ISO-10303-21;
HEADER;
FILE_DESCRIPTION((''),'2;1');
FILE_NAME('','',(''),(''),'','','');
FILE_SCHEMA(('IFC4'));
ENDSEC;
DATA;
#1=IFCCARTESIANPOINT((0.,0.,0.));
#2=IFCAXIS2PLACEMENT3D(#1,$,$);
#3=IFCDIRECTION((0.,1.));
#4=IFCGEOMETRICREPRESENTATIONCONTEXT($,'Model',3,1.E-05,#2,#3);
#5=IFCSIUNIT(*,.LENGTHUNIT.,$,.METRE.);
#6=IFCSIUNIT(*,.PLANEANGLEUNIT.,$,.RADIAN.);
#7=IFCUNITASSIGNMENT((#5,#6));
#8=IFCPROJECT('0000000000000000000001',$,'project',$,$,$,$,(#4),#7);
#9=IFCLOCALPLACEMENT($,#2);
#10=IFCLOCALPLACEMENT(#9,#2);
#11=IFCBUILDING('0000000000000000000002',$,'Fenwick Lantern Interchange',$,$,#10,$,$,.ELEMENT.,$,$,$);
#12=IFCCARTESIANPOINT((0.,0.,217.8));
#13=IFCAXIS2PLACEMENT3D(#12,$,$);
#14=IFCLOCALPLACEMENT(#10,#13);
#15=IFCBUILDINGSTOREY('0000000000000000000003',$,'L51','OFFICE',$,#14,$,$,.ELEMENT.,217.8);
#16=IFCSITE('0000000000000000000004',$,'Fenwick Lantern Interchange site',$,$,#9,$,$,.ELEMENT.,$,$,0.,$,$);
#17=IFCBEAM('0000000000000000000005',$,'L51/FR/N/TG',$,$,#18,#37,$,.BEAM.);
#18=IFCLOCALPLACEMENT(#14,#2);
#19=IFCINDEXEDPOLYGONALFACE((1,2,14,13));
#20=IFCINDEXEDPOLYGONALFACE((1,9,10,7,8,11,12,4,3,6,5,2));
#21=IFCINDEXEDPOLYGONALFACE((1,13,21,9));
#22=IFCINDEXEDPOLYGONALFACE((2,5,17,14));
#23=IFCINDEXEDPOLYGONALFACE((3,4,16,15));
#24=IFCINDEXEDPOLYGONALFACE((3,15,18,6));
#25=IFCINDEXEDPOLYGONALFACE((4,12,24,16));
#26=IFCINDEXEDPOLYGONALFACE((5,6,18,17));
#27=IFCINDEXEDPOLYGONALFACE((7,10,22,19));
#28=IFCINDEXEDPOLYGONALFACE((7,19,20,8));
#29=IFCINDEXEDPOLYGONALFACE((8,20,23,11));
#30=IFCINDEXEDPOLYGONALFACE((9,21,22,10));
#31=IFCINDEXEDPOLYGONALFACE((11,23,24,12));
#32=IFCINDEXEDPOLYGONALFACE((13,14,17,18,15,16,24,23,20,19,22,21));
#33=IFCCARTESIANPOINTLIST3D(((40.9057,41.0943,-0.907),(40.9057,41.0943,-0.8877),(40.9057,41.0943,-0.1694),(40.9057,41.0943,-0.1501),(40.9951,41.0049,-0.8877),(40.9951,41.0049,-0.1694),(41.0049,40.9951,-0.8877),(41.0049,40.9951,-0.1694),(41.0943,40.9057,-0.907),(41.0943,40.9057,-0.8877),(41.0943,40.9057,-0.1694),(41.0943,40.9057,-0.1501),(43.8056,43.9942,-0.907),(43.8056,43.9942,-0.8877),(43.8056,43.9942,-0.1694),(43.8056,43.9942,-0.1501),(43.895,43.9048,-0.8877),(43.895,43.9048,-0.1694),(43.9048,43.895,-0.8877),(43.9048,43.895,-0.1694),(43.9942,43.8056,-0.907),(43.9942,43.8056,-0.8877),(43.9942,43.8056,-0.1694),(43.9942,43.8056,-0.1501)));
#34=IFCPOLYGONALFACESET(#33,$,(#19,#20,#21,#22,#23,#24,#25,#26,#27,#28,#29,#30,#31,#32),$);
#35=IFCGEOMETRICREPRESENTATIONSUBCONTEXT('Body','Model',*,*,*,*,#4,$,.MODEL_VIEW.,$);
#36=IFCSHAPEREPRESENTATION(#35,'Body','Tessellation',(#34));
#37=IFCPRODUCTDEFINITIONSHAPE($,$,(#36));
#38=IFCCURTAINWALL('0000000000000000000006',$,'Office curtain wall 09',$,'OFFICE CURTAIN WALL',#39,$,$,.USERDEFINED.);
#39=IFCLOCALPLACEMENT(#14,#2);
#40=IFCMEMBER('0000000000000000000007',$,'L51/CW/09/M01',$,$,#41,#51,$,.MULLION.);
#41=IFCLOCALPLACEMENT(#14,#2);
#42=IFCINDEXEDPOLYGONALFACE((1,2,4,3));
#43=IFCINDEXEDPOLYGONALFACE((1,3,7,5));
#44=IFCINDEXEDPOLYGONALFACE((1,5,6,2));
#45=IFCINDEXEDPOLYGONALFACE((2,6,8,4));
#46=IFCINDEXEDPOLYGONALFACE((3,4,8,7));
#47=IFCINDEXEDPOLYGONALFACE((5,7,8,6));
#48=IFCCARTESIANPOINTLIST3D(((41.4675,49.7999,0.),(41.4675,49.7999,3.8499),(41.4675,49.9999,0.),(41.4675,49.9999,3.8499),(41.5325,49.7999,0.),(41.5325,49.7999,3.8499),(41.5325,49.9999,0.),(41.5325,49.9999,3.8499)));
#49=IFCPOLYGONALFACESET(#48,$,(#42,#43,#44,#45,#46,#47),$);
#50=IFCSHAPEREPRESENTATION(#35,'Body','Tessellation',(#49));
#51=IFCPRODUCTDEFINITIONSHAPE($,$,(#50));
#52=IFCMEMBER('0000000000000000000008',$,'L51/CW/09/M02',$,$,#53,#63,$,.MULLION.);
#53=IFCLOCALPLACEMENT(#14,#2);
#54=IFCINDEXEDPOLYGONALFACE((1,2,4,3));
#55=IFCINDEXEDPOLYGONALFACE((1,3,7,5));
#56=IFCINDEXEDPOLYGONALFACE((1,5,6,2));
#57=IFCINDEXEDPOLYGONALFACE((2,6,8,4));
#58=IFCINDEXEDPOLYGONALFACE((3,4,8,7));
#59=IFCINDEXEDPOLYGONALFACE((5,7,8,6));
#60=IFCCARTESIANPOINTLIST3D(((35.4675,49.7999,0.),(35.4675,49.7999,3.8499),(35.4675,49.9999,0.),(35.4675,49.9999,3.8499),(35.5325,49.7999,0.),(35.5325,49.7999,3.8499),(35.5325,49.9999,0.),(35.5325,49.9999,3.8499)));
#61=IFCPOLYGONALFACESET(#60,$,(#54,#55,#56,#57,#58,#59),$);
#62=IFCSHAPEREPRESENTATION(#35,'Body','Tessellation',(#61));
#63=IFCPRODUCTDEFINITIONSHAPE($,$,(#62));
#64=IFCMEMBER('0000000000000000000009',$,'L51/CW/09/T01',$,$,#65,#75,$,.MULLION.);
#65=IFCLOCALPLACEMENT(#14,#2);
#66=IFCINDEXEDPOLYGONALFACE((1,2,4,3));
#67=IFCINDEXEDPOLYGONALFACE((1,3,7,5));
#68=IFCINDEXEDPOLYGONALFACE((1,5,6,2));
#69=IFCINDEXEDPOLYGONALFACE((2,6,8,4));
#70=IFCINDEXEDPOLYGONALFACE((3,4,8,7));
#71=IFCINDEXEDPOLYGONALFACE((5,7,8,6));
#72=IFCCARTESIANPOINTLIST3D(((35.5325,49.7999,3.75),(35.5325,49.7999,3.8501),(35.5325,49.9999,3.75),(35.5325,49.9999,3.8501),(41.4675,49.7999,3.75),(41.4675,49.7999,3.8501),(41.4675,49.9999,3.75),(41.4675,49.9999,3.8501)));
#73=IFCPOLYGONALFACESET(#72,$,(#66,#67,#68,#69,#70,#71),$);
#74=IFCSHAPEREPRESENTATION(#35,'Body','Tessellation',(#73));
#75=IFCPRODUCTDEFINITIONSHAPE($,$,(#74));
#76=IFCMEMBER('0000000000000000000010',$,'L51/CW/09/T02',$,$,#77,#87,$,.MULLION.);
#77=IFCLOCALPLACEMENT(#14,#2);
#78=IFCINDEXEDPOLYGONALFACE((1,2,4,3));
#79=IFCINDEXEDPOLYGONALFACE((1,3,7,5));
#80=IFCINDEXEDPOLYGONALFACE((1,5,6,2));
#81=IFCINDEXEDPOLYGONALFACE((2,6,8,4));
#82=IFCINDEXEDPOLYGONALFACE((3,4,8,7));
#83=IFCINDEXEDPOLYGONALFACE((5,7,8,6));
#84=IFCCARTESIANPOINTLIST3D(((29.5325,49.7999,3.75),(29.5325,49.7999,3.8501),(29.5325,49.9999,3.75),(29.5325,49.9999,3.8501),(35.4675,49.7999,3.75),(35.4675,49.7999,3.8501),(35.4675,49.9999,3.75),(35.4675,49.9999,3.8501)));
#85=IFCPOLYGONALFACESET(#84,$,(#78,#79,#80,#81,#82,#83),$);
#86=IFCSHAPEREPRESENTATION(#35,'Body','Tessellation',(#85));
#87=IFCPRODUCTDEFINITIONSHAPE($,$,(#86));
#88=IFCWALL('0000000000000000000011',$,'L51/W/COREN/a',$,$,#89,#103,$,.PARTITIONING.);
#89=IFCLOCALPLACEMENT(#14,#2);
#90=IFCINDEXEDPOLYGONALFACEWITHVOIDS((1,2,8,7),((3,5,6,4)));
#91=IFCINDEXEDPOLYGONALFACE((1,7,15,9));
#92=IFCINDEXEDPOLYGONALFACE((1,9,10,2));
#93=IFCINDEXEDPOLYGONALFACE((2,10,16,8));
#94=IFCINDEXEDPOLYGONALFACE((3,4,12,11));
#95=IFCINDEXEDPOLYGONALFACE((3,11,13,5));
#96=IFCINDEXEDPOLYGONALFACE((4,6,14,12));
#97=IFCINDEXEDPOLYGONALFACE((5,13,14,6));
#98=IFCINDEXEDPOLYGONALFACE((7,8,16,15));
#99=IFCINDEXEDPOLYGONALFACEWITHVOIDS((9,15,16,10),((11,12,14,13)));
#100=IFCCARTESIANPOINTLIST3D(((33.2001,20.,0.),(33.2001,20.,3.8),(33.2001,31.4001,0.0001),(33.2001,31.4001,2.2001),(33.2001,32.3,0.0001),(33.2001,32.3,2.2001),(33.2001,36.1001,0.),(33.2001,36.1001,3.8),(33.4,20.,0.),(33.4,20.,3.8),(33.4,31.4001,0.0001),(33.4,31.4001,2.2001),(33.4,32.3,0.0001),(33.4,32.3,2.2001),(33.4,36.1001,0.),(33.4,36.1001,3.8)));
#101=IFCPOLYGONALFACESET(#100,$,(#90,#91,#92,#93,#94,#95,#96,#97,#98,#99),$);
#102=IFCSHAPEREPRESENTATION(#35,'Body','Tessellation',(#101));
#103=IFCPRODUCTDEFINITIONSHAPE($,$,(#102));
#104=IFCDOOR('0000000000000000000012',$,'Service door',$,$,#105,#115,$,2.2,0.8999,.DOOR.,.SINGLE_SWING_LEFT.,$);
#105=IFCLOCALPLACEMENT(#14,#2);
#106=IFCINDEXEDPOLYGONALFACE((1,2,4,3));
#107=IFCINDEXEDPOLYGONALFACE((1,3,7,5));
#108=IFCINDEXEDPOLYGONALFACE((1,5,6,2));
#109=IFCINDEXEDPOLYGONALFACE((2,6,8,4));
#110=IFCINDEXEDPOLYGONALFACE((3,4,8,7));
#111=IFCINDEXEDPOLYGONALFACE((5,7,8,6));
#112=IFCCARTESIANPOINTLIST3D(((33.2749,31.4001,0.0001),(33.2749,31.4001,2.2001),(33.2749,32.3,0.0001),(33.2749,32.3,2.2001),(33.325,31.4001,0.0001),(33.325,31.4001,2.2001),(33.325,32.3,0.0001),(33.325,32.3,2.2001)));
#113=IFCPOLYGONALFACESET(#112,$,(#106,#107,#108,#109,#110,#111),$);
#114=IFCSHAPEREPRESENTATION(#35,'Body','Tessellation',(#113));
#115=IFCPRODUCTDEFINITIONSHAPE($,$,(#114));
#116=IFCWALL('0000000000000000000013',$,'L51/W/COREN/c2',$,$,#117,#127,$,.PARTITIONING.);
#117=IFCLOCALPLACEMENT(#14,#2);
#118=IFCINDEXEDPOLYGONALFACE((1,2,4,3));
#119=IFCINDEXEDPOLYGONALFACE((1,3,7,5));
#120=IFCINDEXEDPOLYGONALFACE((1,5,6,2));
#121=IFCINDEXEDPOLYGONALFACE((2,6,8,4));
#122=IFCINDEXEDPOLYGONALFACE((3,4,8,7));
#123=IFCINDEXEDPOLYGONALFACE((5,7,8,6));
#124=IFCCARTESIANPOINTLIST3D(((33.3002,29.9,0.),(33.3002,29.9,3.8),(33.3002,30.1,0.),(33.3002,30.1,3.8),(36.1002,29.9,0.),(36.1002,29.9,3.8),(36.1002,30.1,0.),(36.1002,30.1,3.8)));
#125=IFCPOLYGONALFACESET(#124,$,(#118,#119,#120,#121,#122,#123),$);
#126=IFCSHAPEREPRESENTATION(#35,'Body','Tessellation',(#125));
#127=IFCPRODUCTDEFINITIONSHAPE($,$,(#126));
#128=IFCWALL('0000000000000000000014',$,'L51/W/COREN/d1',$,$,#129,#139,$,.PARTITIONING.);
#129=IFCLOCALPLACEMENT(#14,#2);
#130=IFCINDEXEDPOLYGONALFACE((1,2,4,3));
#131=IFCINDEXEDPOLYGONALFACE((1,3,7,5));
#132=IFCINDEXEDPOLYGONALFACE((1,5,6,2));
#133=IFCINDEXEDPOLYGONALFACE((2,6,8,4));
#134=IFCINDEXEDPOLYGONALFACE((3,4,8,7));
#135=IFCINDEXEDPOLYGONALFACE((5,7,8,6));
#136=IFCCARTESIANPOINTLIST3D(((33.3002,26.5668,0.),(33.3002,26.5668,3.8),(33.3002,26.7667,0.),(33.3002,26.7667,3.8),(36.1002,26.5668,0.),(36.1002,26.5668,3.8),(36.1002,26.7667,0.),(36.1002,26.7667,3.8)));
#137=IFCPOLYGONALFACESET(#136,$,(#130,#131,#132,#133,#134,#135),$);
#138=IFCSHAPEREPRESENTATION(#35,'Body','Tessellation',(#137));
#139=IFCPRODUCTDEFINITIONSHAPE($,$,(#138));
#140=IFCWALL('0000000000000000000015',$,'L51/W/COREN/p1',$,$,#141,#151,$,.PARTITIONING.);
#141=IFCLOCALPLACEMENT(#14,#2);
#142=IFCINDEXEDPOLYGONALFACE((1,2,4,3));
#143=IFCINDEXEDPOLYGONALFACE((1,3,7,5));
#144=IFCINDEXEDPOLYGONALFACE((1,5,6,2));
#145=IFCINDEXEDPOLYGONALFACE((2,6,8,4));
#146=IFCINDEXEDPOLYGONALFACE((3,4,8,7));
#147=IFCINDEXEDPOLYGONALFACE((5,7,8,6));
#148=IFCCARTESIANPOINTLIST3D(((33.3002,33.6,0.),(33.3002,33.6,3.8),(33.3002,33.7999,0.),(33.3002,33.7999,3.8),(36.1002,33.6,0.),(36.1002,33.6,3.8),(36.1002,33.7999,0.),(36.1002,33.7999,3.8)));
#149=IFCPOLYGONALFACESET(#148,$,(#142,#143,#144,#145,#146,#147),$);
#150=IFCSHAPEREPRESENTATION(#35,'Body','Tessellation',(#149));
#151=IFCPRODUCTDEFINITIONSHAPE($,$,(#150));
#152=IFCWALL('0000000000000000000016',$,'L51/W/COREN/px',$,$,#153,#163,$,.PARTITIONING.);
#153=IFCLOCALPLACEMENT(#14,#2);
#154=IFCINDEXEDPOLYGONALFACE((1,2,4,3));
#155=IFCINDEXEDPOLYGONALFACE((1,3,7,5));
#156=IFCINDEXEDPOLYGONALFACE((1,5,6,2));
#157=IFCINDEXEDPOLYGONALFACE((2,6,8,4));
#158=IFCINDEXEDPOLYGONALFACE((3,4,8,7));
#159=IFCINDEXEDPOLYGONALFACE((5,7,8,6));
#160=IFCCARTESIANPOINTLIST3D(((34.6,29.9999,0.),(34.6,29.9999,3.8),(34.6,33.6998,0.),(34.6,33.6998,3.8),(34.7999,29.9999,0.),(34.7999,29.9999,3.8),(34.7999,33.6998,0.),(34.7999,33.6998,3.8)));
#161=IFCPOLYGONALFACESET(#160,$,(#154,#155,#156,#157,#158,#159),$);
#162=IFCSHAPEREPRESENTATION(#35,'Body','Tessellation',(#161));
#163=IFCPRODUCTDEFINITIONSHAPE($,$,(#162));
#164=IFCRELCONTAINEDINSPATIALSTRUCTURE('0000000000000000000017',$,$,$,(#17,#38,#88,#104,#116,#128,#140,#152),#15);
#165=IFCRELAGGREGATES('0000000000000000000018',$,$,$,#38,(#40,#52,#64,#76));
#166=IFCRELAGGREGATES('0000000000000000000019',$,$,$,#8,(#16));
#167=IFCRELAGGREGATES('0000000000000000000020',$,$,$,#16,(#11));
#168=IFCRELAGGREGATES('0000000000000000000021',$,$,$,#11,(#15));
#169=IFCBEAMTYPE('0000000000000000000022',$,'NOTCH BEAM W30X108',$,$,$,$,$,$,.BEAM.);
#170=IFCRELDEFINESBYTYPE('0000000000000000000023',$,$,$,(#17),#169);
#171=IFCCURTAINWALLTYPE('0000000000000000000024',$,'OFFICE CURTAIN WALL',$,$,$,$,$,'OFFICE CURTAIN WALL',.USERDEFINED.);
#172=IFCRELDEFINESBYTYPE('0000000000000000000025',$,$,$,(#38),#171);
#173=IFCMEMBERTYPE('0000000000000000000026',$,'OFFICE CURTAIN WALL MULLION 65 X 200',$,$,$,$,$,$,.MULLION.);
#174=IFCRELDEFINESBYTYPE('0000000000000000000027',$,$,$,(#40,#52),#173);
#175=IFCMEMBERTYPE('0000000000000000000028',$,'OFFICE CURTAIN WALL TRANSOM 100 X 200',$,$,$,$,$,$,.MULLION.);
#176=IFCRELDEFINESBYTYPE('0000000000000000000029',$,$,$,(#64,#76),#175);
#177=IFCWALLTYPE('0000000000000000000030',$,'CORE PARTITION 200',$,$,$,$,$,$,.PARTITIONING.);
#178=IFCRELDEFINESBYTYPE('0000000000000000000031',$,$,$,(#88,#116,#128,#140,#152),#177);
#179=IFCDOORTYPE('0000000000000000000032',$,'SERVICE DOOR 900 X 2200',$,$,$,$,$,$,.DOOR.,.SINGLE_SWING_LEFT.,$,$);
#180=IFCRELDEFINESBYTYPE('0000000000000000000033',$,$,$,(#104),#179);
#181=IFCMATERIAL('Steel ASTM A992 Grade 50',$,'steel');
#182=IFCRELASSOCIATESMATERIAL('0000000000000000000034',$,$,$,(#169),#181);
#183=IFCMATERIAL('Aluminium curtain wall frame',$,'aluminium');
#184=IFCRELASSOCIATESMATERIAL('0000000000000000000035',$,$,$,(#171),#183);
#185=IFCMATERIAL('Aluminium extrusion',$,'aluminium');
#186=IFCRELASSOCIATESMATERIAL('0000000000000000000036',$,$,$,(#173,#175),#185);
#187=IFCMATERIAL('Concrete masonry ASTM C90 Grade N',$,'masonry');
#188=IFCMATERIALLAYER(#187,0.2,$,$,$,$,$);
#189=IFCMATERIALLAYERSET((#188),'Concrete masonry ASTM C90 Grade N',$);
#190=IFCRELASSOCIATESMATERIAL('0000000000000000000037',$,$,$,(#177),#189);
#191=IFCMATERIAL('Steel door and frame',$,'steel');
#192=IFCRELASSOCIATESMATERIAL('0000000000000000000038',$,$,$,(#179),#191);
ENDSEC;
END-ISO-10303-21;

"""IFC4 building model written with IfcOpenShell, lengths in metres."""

from ifc_helpers import new_model, si_unit, direction, frame, frame_2d, origin, origin_2d, place, context, subcontext, project, spatial, rectangle, i_section, extrude, material, layer, layer_set, material_profile, profile_set, type_object, element, fill, aggregate, save


model = new_model("IFC4")

# Units and contexts
model_context = context("Model", 3, precision=1e-05, world=origin(), true_north=direction((0.0, 1.0)))
body_context = subcontext(model_context, "Body", "Model", "MODEL_VIEW")
ifc_project = project(units=[si_unit("LENGTHUNIT", "METRE"), si_unit("PLANEANGLEUNIT", "RADIAN")], contexts=[model_context])

# Site, building, storey
site_placement = place(None, origin())
site = spatial("IfcSite", under=ifc_project, at=site_placement, Name="Fenwick Lantern Interchange site", CompositionType="ELEMENT", RefElevation=0.0)
building_placement = place(site_placement, origin())
building = spatial("IfcBuilding", under=site, at=building_placement, Name="Fenwick Lantern Interchange", CompositionType="ELEMENT")
storey_placement = place(building_placement, frame((0.0, 0.0, 217.8)))
storey = spatial("IfcBuildingStorey", under=building, at=storey_placement, Name="L51", Description="OFFICE", CompositionType="ELEMENT", Elevation=217.8)

# Shared definitions
ifc_material_1 = material(Name="Steel ASTM A992 Grade 50", Category="steel")

# Beam
ifc_material_profile_1 = material_profile(ifc_material_1, i_section(OverallWidth=0.2666, OverallDepth=0.7568, WebThickness=0.0139, FlangeThickness=0.0193, at=origin_2d()), Name="W30X108")
ifc_profile_set_1 = profile_set([ifc_material_profile_1], Name="Steel ASTM A992 Grade 50")
beam_type_1 = type_object("IfcBeamType", Name="NOTCH BEAM W30X108", PredefinedType="BEAM", material=ifc_profile_set_1)
beam_1_placement = place(storey_placement, frame((41.0, 41.0, -0.5286), z_axis=(0.707107, 0.707107, 0.0), x_axis=(-0.707107, 0.707107, 0.0)))
element("IfcBeam", 1, at=beam_1_placement, inside=storey, type_object=beam_type_1, Name="L51/FR/N/TG", PredefinedType="BEAM", context=body_context, shape_type="SweptSolid", body=[
    extrude(i_section(OverallWidth=0.2666, OverallDepth=0.7568, WebThickness=0.0139, FlangeThickness=0.0193, at=origin_2d()), origin(), (0.0, 0.0, 1.0), 4.1011),
])

# Curtain wall, members
ifc_material_2 = material(Name="Aluminium curtain wall frame", Category="aluminium")
curtain_wall_type = type_object("IfcCurtainWallType", Name="OFFICE CURTAIN WALL", ElementType="OFFICE CURTAIN WALL", PredefinedType="USERDEFINED", material=ifc_material_2)
curtain_wall_placement = place(storey_placement, origin())
curtain_wall = element("IfcCurtainWall", 2, at=curtain_wall_placement, inside=storey, type_object=curtain_wall_type, Name="Office curtain wall 09", ObjectType="OFFICE CURTAIN WALL", PredefinedType="USERDEFINED")
ifc_material_3 = material(Name="Aluminium extrusion", Category="aluminium")
ifc_material_profile_2 = material_profile(ifc_material_3, rectangle(XDim=0.2, YDim=0.0649, at=origin_2d()), Name="OFFICE CURTAIN WALL MULLION 65 X 200")
ifc_profile_set_2 = profile_set([ifc_material_profile_2], Name="Aluminium extrusion")
member_type_1 = type_object("IfcMemberType", Name="OFFICE CURTAIN WALL MULLION 65 X 200", PredefinedType="MULLION", material=ifc_profile_set_2)
member_1_placement = place(storey_placement, frame((41.5, 49.8999, 0.0), z_axis=(0.0, 0.0, 1.0), x_axis=(0.0, -1.0, 0.0)))
member_1 = element("IfcMember", 3, at=member_1_placement, type_object=member_type_1, Name="L51/CW/09/M01", PredefinedType="MULLION", context=body_context, shape_type="SweptSolid", body=[
    extrude(rectangle(XDim=0.2, YDim=0.0649, at=origin_2d()), origin(), (0.0, 0.0, 1.0), 3.8499),
])
member_2_placement = place(storey_placement, frame((35.5, 49.8999, 0.0), z_axis=(0.0, 0.0, 1.0), x_axis=(0.0, -1.0, 0.0)))
member_2 = element("IfcMember", 4, at=member_2_placement, type_object=member_type_1, Name="L51/CW/09/M02", PredefinedType="MULLION", context=body_context, shape_type="SweptSolid", body=[
    extrude(rectangle(XDim=0.2, YDim=0.0649, at=origin_2d()), origin(), (0.0, 0.0, 1.0), 3.8499),
])
ifc_material_profile_3 = material_profile(ifc_material_3, rectangle(XDim=0.2, YDim=0.1001, at=origin_2d()), Name="OFFICE CURTAIN WALL TRANSOM 100 X 200")
ifc_profile_set_3 = profile_set([ifc_material_profile_3], Name="Aluminium extrusion")
member_type_2 = type_object("IfcMemberType", Name="OFFICE CURTAIN WALL TRANSOM 100 X 200", PredefinedType="MULLION", material=ifc_profile_set_3)
member_3_placement = place(storey_placement, frame((41.4675, 49.8999, 3.8), z_axis=(-1.0, 0.0, 0.0), x_axis=(0.0, -1.0, 0.0)))
member_3 = element("IfcMember", 5, at=member_3_placement, type_object=member_type_2, Name="L51/CW/09/T01", PredefinedType="MULLION", context=body_context, shape_type="SweptSolid", body=[
    extrude(rectangle(XDim=0.2, YDim=0.1001, at=origin_2d()), origin(), (0.0, 0.0, 1.0), 5.9351),
])
member_4_placement = place(storey_placement, frame((35.4675, 49.8999, 3.8), z_axis=(-1.0, 0.0, 0.0), x_axis=(0.0, -1.0, 0.0)))
member_4 = element("IfcMember", 6, at=member_4_placement, type_object=member_type_2, Name="L51/CW/09/T02", PredefinedType="MULLION", context=body_context, shape_type="SweptSolid", body=[
    extrude(rectangle(XDim=0.2, YDim=0.1001, at=origin_2d()), origin(), (0.0, 0.0, 1.0), 5.9351),
])
aggregate(curtain_wall, [member_1, member_2, member_3, member_4])

# Wall, opening, door
ifc_material_4 = material(Name="Concrete masonry ASTM C90 Grade N", Category="masonry")
ifc_layer_1 = layer(ifc_material_4, 0.2)
ifc_layer_set_1 = layer_set([ifc_layer_1], Name="Concrete masonry ASTM C90 Grade N")
wall_type_1 = type_object("IfcWallType", Name="CORE PARTITION 200", PredefinedType="PARTITIONING", material=ifc_layer_set_1)
wall_1_placement = place(storey_placement, frame((33.3, 36.1001, 0.0), z_axis=(0.0, 0.0, 1.0), x_axis=(0.0, -1.0, 0.0)))
wall_1 = element("IfcWall", 7, at=wall_1_placement, inside=storey, type_object=wall_type_1, Name="L51/W/COREN/a", PredefinedType="PARTITIONING", context=body_context, shape_type="SweptSolid", body=[
    extrude(rectangle(XDim=16.1001, YDim=0.2, at=frame_2d((8.05, 0.0))), origin(), (0.0, 0.0, 1.0), 3.8),
])
opening_1_placement = place(wall_1_placement, frame((3.8, 0.0, 0.0)))
opening_1 = element("IfcOpeningElement", 8, at=opening_1_placement, cuts=wall_1, PredefinedType="OPENING", context=body_context, shape_type="SweptSolid", body=[
    extrude(rectangle(XDim=0.8999, YDim=2.2, at=frame_2d((0.45, 1.1001))), frame((0.0, 0.1099, 0.0), z_axis=(0.0, -1.0, 0.0), x_axis=(1.0, 0.0, 0.0)), (0.0, 0.0, 1.0), 0.22),
])
ifc_material_5 = material(Name="Steel door and frame", Category="steel")
door_type_1 = type_object("IfcDoorType", Name="SERVICE DOOR 900 X 2200", OperationType="SINGLE_SWING_LEFT", PredefinedType="DOOR", material=ifc_material_5)
door_1_placement = place(opening_1_placement, origin())
door_1 = element("IfcDoor", 9, at=door_1_placement, inside=storey, type_object=door_type_1, Name="Service door", OperationType="SINGLE_SWING_LEFT", OverallHeight=2.2, OverallWidth=0.8999, PredefinedType="DOOR", context=body_context, shape_type="SweptSolid", body=[
    extrude(rectangle(XDim=0.8999, YDim=2.2, at=frame_2d((0.45, 1.1001))), frame((0.0, 0.0249, 0.0), z_axis=(0.0, -1.0, 0.0), x_axis=(1.0, 0.0, 0.0)), (0.0, 0.0, 1.0), 0.05),
])
fill(opening_1, door_1)

# Walls
for number, where, z_axis, x_axis, name in (
    (10, (36.1001, 30.0, 0.0), (0.0, 0.0, 1.0), (-1.0, 0.0, 0.0), "L51/W/COREN/c2"),
    (11, (36.1001, 26.6667, 0.0), (0.0, 0.0, 1.0), (-1.0, 0.0, 0.0), "L51/W/COREN/d1"),
    (12, (36.1001, 33.7, 0.0), (0.0, 0.0, 1.0), (-1.0, 0.0, 0.0), "L51/W/COREN/p1"),
):
    element("IfcWall", number, at=place(storey_placement, frame(where, z_axis=z_axis, x_axis=x_axis)), inside=storey, type_object=wall_type_1, Name=name, PredefinedType="PARTITIONING", context=body_context, shape_type="SweptSolid", body=[
        extrude(rectangle(XDim=2.8, YDim=0.2, at=frame_2d((1.3999, 0.0))), origin(), (0.0, 0.0, 1.0), 3.8),
    ])
wall_2_placement = place(storey_placement, frame((34.7, 33.7, 0.0), z_axis=(0.0, 0.0, 1.0), x_axis=(0.0, -1.0, 0.0)))
element("IfcWall", 13, at=wall_2_placement, inside=storey, type_object=wall_type_1, Name="L51/W/COREN/px", PredefinedType="PARTITIONING", context=body_context, shape_type="SweptSolid", body=[
    extrude(rectangle(XDim=3.7, YDim=0.2, at=frame_2d((1.8501, 0.0))), origin(), (0.0, 0.0, 1.0), 3.8),
])

save(model, "model.ifc")
